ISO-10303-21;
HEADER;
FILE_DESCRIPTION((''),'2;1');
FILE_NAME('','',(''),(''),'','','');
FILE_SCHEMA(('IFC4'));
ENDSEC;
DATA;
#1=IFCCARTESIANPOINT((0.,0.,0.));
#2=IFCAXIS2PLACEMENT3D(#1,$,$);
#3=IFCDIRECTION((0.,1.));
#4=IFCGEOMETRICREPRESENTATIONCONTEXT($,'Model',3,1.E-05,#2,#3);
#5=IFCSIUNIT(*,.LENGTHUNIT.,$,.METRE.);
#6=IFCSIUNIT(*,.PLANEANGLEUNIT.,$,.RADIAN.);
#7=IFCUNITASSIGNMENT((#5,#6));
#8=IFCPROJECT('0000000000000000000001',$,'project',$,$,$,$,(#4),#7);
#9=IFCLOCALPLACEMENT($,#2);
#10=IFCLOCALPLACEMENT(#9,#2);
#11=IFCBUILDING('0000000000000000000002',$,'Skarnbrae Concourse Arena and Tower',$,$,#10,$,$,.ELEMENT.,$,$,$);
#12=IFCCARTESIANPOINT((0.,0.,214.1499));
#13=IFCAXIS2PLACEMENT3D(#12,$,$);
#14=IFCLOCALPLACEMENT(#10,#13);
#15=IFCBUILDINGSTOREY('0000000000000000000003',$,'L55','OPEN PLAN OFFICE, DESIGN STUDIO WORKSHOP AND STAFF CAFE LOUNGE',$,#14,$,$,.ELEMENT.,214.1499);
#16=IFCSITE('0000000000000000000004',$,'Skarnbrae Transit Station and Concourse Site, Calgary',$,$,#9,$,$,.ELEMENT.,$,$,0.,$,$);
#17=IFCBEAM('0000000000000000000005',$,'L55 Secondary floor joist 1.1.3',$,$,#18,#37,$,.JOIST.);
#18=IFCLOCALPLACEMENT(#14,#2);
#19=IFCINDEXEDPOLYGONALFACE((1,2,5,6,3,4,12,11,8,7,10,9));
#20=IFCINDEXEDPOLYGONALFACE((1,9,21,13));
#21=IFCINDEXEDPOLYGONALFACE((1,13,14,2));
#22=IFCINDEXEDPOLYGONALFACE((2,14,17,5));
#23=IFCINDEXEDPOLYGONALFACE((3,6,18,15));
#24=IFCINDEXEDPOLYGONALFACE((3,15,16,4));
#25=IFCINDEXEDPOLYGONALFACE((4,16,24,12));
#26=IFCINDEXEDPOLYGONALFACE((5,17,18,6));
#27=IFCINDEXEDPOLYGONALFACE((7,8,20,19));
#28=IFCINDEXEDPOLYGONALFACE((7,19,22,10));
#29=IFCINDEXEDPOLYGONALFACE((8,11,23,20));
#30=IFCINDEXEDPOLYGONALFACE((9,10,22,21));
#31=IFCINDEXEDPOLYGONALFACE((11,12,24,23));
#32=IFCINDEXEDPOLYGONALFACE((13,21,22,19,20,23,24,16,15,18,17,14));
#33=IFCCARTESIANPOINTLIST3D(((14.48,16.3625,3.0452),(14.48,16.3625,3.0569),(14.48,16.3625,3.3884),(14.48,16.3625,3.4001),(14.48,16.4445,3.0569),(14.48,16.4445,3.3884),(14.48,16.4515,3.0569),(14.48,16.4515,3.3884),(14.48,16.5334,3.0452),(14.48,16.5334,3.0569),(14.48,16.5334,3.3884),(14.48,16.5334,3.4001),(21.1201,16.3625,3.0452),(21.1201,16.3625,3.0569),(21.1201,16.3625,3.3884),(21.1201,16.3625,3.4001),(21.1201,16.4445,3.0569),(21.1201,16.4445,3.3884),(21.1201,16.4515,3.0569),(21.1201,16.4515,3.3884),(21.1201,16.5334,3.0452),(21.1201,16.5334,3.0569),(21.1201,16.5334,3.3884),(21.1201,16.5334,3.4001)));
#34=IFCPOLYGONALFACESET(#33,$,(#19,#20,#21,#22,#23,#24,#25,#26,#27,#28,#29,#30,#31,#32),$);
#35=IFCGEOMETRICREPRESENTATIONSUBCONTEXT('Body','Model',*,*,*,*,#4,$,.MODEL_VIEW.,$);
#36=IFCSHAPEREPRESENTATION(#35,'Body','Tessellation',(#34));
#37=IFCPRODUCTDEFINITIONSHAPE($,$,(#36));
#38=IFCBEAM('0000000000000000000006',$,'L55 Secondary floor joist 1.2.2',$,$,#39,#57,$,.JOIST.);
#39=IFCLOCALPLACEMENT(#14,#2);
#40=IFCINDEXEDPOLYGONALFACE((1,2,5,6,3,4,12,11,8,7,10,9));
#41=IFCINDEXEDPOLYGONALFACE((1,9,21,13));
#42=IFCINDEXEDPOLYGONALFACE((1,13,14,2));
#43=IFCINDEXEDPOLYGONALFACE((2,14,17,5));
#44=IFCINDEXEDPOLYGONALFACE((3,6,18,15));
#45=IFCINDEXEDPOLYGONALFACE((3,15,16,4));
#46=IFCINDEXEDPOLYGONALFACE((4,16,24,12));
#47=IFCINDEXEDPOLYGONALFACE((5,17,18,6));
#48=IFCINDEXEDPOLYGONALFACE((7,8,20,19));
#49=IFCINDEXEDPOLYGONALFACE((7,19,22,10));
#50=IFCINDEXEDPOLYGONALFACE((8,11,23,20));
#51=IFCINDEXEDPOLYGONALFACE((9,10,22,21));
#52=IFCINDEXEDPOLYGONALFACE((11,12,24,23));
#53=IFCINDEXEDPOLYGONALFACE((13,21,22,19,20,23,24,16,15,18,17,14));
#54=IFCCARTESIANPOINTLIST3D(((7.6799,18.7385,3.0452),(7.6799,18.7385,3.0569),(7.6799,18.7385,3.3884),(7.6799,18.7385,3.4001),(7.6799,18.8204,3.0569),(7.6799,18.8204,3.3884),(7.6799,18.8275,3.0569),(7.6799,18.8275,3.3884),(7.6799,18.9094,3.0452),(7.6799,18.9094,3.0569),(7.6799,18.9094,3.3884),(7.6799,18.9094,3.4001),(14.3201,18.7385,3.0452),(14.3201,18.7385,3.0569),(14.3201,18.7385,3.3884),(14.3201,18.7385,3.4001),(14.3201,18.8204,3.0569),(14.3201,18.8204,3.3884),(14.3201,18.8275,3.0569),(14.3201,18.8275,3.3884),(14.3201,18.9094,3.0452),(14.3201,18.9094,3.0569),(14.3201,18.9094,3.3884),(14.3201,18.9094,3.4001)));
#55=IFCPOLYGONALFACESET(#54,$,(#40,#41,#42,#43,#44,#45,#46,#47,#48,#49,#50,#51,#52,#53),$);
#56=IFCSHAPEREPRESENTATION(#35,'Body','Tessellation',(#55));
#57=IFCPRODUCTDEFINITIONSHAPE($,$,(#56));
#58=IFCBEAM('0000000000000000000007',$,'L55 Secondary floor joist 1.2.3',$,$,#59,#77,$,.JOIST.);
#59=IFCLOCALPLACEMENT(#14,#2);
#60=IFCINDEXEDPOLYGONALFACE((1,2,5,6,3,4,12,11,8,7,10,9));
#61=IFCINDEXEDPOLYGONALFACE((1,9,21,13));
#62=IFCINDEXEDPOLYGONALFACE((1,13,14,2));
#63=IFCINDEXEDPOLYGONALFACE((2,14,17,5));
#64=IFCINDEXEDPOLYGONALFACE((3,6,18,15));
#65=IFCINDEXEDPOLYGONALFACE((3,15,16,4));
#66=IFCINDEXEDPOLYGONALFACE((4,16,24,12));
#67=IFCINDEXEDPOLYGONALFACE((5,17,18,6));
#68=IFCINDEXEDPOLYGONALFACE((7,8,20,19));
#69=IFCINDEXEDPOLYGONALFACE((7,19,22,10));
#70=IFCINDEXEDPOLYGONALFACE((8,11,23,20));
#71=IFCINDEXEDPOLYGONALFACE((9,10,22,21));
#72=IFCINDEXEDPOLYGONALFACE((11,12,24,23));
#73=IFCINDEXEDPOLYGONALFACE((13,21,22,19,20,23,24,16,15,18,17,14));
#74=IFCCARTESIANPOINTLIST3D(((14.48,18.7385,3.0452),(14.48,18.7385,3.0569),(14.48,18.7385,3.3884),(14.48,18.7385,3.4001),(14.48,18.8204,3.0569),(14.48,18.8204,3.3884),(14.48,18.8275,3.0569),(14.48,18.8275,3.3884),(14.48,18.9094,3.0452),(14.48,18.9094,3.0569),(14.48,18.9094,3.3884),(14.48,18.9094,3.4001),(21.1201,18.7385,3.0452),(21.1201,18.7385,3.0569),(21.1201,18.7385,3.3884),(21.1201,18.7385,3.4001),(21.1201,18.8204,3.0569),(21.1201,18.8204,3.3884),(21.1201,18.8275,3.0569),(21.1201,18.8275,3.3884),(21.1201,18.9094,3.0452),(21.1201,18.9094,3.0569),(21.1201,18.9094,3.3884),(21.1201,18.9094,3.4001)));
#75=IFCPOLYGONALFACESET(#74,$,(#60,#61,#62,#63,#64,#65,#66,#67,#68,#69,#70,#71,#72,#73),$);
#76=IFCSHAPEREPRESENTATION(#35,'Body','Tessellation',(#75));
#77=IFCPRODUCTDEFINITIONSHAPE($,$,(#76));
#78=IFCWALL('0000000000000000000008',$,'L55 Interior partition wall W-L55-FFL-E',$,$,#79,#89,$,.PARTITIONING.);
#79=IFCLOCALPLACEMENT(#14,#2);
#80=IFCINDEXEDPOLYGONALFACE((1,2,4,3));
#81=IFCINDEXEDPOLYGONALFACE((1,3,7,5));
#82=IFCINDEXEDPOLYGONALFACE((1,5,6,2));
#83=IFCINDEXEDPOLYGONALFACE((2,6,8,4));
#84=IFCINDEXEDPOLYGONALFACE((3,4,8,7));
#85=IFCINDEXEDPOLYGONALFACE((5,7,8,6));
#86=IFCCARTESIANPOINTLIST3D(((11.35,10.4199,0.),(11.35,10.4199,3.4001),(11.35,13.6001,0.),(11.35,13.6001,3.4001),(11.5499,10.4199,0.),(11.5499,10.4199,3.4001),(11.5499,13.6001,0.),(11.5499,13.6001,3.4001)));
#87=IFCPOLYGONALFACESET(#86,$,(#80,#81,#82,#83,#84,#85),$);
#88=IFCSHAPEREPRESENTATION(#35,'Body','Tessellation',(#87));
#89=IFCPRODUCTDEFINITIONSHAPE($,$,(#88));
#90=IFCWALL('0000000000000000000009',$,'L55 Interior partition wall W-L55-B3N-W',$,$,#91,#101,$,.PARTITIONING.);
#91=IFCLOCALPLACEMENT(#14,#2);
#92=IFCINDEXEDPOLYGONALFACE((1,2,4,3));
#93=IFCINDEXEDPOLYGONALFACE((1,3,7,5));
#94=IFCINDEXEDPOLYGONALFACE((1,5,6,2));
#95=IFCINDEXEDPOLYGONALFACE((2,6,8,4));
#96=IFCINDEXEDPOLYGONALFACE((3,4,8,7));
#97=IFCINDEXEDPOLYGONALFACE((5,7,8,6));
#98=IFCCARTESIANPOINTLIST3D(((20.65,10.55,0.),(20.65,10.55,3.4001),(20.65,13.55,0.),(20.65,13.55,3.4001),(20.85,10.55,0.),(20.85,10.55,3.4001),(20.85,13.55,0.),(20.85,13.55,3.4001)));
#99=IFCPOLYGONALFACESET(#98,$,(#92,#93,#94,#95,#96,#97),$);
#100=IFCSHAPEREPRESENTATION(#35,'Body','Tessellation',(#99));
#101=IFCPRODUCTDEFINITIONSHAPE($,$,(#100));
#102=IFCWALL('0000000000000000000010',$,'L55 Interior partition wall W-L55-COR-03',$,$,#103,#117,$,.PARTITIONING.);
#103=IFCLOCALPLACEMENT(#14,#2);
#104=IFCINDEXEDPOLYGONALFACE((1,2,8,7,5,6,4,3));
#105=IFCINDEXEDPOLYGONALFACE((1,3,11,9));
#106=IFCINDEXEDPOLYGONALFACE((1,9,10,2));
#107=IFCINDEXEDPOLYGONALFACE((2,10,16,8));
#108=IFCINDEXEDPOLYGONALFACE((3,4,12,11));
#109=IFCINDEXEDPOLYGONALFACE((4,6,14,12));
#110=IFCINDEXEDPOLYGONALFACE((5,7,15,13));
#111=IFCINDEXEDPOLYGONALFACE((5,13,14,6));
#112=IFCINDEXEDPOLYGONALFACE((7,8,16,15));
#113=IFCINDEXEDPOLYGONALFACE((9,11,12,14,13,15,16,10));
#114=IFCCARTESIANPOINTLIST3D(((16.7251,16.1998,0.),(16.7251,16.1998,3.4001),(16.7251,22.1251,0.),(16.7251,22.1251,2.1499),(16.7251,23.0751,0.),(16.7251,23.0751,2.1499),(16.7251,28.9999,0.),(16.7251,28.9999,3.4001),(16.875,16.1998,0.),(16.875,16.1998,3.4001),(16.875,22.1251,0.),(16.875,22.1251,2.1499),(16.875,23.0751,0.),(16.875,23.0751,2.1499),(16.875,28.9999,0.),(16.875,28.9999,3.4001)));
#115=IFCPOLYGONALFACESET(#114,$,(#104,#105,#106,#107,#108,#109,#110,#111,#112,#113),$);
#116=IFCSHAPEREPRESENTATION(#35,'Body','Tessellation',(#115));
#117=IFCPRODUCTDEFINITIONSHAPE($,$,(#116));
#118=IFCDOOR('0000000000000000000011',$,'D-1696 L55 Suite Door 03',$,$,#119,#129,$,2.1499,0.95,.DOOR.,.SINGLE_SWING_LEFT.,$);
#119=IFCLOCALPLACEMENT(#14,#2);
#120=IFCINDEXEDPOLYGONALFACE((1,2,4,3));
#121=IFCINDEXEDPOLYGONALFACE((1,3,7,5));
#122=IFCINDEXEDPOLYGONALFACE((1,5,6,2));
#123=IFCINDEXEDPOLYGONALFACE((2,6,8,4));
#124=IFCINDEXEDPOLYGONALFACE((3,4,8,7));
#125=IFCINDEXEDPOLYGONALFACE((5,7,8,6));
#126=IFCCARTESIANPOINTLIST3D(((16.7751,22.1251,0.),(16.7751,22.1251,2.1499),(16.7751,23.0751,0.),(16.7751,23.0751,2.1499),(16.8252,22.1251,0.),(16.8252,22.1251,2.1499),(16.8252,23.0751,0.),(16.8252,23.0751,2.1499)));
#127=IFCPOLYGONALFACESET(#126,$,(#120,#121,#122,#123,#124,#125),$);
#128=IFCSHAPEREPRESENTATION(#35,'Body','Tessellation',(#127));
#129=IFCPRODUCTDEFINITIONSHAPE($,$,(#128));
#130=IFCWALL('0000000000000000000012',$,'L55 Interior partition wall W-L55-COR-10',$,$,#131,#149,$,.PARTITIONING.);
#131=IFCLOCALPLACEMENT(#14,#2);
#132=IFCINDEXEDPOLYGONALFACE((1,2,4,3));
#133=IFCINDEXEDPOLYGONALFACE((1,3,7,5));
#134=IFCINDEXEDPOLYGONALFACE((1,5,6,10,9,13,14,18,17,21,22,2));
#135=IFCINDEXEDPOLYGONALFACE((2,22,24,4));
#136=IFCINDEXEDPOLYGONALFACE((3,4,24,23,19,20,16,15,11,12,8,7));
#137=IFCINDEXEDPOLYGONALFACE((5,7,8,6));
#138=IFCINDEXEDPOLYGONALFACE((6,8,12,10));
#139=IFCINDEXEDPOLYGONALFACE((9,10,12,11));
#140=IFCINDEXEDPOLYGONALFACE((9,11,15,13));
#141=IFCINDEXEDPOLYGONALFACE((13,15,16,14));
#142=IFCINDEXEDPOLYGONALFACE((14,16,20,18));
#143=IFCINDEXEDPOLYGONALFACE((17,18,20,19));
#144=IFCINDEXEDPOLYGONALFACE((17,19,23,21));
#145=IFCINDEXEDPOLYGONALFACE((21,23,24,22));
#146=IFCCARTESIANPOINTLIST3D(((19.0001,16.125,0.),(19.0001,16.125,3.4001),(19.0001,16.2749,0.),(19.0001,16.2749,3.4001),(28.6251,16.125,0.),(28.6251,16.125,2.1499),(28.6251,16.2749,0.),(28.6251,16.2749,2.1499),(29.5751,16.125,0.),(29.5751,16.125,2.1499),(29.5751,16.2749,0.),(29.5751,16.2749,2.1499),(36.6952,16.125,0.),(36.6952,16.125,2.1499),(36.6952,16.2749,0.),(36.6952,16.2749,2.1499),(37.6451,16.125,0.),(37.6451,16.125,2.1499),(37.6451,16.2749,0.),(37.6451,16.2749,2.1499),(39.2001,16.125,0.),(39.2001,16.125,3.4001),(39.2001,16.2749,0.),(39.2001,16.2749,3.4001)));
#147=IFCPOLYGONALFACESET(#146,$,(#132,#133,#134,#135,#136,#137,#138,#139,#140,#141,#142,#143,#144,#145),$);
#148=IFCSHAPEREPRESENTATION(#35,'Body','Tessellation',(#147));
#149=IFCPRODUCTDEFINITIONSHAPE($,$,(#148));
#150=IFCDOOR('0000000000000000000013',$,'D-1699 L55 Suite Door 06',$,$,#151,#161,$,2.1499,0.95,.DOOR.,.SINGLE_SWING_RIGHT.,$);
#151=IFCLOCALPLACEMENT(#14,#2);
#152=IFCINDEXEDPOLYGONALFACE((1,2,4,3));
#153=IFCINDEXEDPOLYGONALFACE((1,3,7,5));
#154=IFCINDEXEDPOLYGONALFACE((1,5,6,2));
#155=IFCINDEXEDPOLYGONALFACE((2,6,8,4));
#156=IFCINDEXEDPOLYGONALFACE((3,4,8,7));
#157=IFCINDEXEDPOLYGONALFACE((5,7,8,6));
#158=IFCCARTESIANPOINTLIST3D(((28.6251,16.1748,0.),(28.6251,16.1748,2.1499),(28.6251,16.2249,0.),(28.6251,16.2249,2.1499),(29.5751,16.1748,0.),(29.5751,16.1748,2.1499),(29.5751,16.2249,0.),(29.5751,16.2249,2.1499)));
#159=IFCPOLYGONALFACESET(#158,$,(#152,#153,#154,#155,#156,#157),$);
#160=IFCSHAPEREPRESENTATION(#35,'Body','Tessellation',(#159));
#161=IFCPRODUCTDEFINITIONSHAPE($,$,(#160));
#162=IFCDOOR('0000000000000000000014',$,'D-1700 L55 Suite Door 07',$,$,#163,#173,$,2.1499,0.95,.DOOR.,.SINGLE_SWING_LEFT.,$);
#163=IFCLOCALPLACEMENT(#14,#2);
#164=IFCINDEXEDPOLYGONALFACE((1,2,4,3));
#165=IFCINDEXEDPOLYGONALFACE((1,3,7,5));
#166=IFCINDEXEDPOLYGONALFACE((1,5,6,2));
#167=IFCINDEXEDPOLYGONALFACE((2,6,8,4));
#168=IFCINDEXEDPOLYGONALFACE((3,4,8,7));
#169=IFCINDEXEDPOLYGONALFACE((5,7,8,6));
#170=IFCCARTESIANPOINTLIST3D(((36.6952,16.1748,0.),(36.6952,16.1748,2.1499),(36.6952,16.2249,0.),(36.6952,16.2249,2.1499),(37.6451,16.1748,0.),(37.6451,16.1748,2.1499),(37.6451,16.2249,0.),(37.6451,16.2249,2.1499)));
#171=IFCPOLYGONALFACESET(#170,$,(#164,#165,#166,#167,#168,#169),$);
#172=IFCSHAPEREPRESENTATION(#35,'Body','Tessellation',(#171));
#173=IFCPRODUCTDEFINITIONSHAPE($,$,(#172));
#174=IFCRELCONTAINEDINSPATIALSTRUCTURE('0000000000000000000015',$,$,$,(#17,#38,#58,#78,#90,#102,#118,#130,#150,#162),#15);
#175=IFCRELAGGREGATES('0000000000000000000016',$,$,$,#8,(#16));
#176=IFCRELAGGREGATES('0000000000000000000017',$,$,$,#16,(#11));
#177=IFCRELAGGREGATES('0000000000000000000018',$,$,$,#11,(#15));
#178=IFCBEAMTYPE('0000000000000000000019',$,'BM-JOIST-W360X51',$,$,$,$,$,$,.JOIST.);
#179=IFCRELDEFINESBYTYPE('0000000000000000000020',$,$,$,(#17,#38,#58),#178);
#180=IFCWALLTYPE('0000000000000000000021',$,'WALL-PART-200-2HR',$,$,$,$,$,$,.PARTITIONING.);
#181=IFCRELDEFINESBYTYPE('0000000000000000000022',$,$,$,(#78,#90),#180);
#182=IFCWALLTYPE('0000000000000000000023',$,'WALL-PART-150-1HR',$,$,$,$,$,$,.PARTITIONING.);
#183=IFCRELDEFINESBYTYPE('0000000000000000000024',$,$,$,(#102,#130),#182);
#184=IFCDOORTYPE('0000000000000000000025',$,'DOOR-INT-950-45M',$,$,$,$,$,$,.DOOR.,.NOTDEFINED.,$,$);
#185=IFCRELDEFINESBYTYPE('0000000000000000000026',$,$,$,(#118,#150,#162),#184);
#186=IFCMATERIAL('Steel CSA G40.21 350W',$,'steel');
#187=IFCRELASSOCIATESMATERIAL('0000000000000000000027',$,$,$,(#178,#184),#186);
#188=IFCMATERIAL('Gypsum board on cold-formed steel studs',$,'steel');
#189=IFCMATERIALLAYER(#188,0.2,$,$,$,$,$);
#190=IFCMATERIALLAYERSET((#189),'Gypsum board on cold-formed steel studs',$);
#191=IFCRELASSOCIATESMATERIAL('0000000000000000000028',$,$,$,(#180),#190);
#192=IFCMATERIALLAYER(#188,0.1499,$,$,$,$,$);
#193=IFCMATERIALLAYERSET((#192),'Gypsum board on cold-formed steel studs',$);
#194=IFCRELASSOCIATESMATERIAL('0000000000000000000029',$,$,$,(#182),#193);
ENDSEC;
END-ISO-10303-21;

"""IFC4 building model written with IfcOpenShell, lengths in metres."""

from ifc_helpers import new_model, si_unit, direction, frame, frame_2d, origin, origin_2d, place, context, subcontext, project, spatial, rectangle, i_section, extrude, source, transform, mapped, material, layer, layer_set, material_profile, profile_set, type_object, element, fill, save


model = new_model("IFC4")

# Units and contexts
model_context = context("Model", 3, precision=1e-05, world=origin(), true_north=direction((0.0, 1.0)))
body_context = subcontext(model_context, "Body", "Model", "MODEL_VIEW")
ifc_project = project(units=[si_unit("LENGTHUNIT", "METRE"), si_unit("PLANEANGLEUNIT", "RADIAN")], contexts=[model_context])

# Site, building, storey
site_placement = place(None, origin())
site = spatial("IfcSite", under=ifc_project, at=site_placement, Name="Skarnbrae Transit Station and Concourse Site, Calgary", CompositionType="ELEMENT", RefElevation=0.0)
building_placement = place(site_placement, origin())
building = spatial("IfcBuilding", under=site, at=building_placement, Name="Skarnbrae Concourse Arena and Tower", CompositionType="ELEMENT")
storey_placement = place(building_placement, frame((0.0, 0.0, 214.1499)))
storey = spatial("IfcBuildingStorey", under=building, at=storey_placement, Name="L55", Description="OPEN PLAN OFFICE, DESIGN STUDIO WORKSHOP AND STAFF CAFE LOUNGE", CompositionType="ELEMENT", Elevation=214.1499)

# Shared definitions
ifc_material_1 = material(Name="Steel CSA G40.21 350W", Category="steel")

# Beams
ifc_material_profile_1 = material_profile(ifc_material_1, i_section(OverallWidth=0.1709, OverallDepth=0.355, WebThickness=0.0071, FlangeThickness=0.0117, at=origin_2d()), Name="W360X51")
ifc_profile_set_1 = profile_set([ifc_material_profile_1], Name="Steel CSA G40.21 350W")
beam_type_1 = type_object("IfcBeamType", Name="BM-JOIST-W360X51", PredefinedType="JOIST", material=ifc_profile_set_1)
shared_shape_1 = source(origin(), body_context, "Body", "SweptSolid", [
    extrude(i_section(OverallWidth=0.1709, OverallDepth=0.355, WebThickness=0.0071, FlangeThickness=0.0117, at=origin_2d()), origin(), (0.0, 0.0, 1.0), 6.6401),
])
for number, where, z_axis, x_axis, name in (
    (1, (14.48, 16.448, 3.2227), (1.0, 0.0, 0.0), (0.0, 1.0, 0.0), "L55 Secondary floor joist 1.1.3"),
    (2, (7.6799, 18.824, 3.2227), (1.0, 0.0, 0.0), (0.0, 1.0, 0.0), "L55 Secondary floor joist 1.2.2"),
    (3, (14.48, 18.824, 3.2227), (1.0, 0.0, 0.0), (0.0, 1.0, 0.0), "L55 Secondary floor joist 1.2.3"),
):
    element("IfcBeam", number, at=place(storey_placement, frame(where, z_axis=z_axis, x_axis=x_axis)), inside=storey, type_object=beam_type_1, Name=name, PredefinedType="JOIST", context=body_context, shape_type="MappedRepresentation", body=[
        mapped(shared_shape_1, transform((0.0, 0.0, 0.0))),
    ])

# Wall
ifc_material_2 = material(Name="Gypsum board on cold-formed steel studs", Category="steel")
ifc_layer_1 = layer(ifc_material_2, 0.2)
ifc_layer_set_1 = layer_set([ifc_layer_1], Name="Gypsum board on cold-formed steel studs")
wall_type_1 = type_object("IfcWallType", Name="WALL-PART-200-2HR", PredefinedType="PARTITIONING", material=ifc_layer_set_1)
shared_shape_2 = source(origin(), body_context, "Body", "SweptSolid", [
    extrude(rectangle(XDim=3.1802, YDim=0.2, at=frame_2d((1.5901, 0.0))), origin(), (0.0, 0.0, 1.0), 3.4001),
])
wall_1_placement = place(storey_placement, frame((11.45, 10.4199, 0.0), z_axis=(0.0, 0.0, 1.0), x_axis=(0.0, 1.0, 0.0)))
element("IfcWall", 4, at=wall_1_placement, inside=storey, type_object=wall_type_1, Name="L55 Interior partition wall W-L55-FFL-E", PredefinedType="PARTITIONING", context=body_context, shape_type="MappedRepresentation", body=[
    mapped(shared_shape_2, transform((0.0, 0.0, 0.0))),
])

# Wall
shared_shape_3 = source(origin(), body_context, "Body", "SweptSolid", [
    extrude(rectangle(XDim=3.0, YDim=0.2, at=frame_2d((1.5, 0.0))), origin(), (0.0, 0.0, 1.0), 3.4001),
])
wall_2_placement = place(storey_placement, frame((20.75, 10.55, 0.0), z_axis=(0.0, 0.0, 1.0), x_axis=(0.0, 1.0, 0.0)))
element("IfcWall", 5, at=wall_2_placement, inside=storey, type_object=wall_type_1, Name="L55 Interior partition wall W-L55-B3N-W", PredefinedType="PARTITIONING", context=body_context, shape_type="MappedRepresentation", body=[
    mapped(shared_shape_3, transform((0.0, 0.0, 0.0))),
])

# Wall, opening, door
ifc_layer_2 = layer(ifc_material_2, 0.1499)
ifc_layer_set_2 = layer_set([ifc_layer_2], Name="Gypsum board on cold-formed steel studs")
wall_type_2 = type_object("IfcWallType", Name="WALL-PART-150-1HR", PredefinedType="PARTITIONING", material=ifc_layer_set_2)
shared_shape_4 = source(origin(), body_context, "Body", "SweptSolid", [
    extrude(rectangle(XDim=12.8, YDim=0.1499, at=frame_2d((6.3999, 0.0))), origin(), (0.0, 0.0, 1.0), 3.4001),
])
wall_3_placement = place(storey_placement, frame((16.8, 16.2, 0.0), z_axis=(0.0, 0.0, 1.0), x_axis=(0.0, 1.0, 0.0)))
wall_3 = element("IfcWall", 6, at=wall_3_placement, inside=storey, type_object=wall_type_2, Name="L55 Interior partition wall W-L55-COR-03", PredefinedType="PARTITIONING", context=body_context, shape_type="MappedRepresentation", body=[
    mapped(shared_shape_4, transform((0.0, 0.0, 0.0))),
])
opening_1_placement = place(wall_3_placement, frame((5.925, 0.0, 0.0)))
opening_1 = element("IfcOpeningElement", 7, at=opening_1_placement, cuts=wall_3, PredefinedType="OPENING", context=body_context, shape_type="SweptSolid", body=[
    extrude(rectangle(XDim=0.95, YDim=2.1499, at=frame_2d((0.4751, 1.075))), frame((0.0, 0.085, 0.0), z_axis=(0.0, -1.0, 0.0), x_axis=(1.0, 0.0, 0.0)), (0.0, 0.0, 1.0), 0.1699),
])
door_type_1 = type_object("IfcDoorType", Name="DOOR-INT-950-45M", OperationType="NOTDEFINED", PredefinedType="DOOR", material=ifc_material_1)
shared_shape_5 = source(origin(), body_context, "Body", "SweptSolid", [
    extrude(rectangle(XDim=0.95, YDim=2.1499, at=frame_2d((0.4751, 1.075))), frame((0.0, 0.0249, 0.0), z_axis=(0.0, -1.0, 0.0), x_axis=(1.0, 0.0, 0.0)), (0.0, 0.0, 1.0), 0.05),
])
door_1_placement = place(opening_1_placement, origin())
door_1 = element("IfcDoor", 8, at=door_1_placement, inside=storey, type_object=door_type_1, Name="D-1696 L55 Suite Door 03", OperationType="SINGLE_SWING_LEFT", OverallHeight=2.1499, OverallWidth=0.95, PredefinedType="DOOR", context=body_context, shape_type="MappedRepresentation", body=[
    mapped(shared_shape_5, transform((0.0, 0.0, 0.0))),
])
fill(opening_1, door_1)

# Wall, openings, doors
shared_shape_6 = source(origin(), body_context, "Body", "SweptSolid", [
    extrude(rectangle(XDim=20.2, YDim=0.1499, at=frame_2d((10.1001, 0.0))), origin(), (0.0, 0.0, 1.0), 3.4001),
])
wall_4_placement = place(storey_placement, frame((19.0, 16.2, 0.0), z_axis=(0.0, 0.0, 1.0), x_axis=(1.0, 0.0, 0.0)))
wall_4 = element("IfcWall", 9, at=wall_4_placement, inside=storey, type_object=wall_type_2, Name="L55 Interior partition wall W-L55-COR-10", PredefinedType="PARTITIONING", context=body_context, shape_type="MappedRepresentation", body=[
    mapped(shared_shape_6, transform((0.0, 0.0, 0.0))),
])
opening_2_placement = place(wall_4_placement, frame((9.625, 0.0, 0.0)))
opening_2 = element("IfcOpeningElement", 10, at=opening_2_placement, cuts=wall_4, PredefinedType="OPENING", context=body_context, shape_type="SweptSolid", body=[
    extrude(rectangle(XDim=0.95, YDim=2.1499, at=frame_2d((0.4751, 1.075))), frame((0.0, 0.085, 0.0), z_axis=(0.0, -1.0, 0.0), x_axis=(1.0, 0.0, 0.0)), (0.0, 0.0, 1.0), 0.1699),
])
opening_3_placement = place(wall_4_placement, frame((17.6951, 0.0, 0.0)))
opening_3 = element("IfcOpeningElement", 11, at=opening_3_placement, cuts=wall_4, PredefinedType="OPENING", context=body_context, shape_type="SweptSolid", body=[
    extrude(rectangle(XDim=0.95, YDim=2.1499, at=frame_2d((0.4751, 1.075))), frame((0.0, 0.085, 0.0), z_axis=(0.0, -1.0, 0.0), x_axis=(1.0, 0.0, 0.0)), (0.0, 0.0, 1.0), 0.1699),
])
door_2_placement = place(opening_2_placement, origin())
door_2 = element("IfcDoor", 12, at=door_2_placement, inside=storey, type_object=door_type_1, Name="D-1699 L55 Suite Door 06", OperationType="SINGLE_SWING_RIGHT", OverallHeight=2.1499, OverallWidth=0.95, PredefinedType="DOOR", context=body_context, shape_type="MappedRepresentation", body=[
    mapped(shared_shape_5, transform((0.0, 0.0, 0.0))),
])
fill(opening_2, door_2)
door_3_placement = place(opening_3_placement, origin())
door_3 = element("IfcDoor", 13, at=door_3_placement, inside=storey, type_object=door_type_1, Name="D-1700 L55 Suite Door 07", OperationType="SINGLE_SWING_LEFT", OverallHeight=2.1499, OverallWidth=0.95, PredefinedType="DOOR", context=body_context, shape_type="MappedRepresentation", body=[
    mapped(shared_shape_5, transform((0.0, 0.0, 0.0))),
])
fill(opening_3, door_3)

save(model, "model.ifc")
